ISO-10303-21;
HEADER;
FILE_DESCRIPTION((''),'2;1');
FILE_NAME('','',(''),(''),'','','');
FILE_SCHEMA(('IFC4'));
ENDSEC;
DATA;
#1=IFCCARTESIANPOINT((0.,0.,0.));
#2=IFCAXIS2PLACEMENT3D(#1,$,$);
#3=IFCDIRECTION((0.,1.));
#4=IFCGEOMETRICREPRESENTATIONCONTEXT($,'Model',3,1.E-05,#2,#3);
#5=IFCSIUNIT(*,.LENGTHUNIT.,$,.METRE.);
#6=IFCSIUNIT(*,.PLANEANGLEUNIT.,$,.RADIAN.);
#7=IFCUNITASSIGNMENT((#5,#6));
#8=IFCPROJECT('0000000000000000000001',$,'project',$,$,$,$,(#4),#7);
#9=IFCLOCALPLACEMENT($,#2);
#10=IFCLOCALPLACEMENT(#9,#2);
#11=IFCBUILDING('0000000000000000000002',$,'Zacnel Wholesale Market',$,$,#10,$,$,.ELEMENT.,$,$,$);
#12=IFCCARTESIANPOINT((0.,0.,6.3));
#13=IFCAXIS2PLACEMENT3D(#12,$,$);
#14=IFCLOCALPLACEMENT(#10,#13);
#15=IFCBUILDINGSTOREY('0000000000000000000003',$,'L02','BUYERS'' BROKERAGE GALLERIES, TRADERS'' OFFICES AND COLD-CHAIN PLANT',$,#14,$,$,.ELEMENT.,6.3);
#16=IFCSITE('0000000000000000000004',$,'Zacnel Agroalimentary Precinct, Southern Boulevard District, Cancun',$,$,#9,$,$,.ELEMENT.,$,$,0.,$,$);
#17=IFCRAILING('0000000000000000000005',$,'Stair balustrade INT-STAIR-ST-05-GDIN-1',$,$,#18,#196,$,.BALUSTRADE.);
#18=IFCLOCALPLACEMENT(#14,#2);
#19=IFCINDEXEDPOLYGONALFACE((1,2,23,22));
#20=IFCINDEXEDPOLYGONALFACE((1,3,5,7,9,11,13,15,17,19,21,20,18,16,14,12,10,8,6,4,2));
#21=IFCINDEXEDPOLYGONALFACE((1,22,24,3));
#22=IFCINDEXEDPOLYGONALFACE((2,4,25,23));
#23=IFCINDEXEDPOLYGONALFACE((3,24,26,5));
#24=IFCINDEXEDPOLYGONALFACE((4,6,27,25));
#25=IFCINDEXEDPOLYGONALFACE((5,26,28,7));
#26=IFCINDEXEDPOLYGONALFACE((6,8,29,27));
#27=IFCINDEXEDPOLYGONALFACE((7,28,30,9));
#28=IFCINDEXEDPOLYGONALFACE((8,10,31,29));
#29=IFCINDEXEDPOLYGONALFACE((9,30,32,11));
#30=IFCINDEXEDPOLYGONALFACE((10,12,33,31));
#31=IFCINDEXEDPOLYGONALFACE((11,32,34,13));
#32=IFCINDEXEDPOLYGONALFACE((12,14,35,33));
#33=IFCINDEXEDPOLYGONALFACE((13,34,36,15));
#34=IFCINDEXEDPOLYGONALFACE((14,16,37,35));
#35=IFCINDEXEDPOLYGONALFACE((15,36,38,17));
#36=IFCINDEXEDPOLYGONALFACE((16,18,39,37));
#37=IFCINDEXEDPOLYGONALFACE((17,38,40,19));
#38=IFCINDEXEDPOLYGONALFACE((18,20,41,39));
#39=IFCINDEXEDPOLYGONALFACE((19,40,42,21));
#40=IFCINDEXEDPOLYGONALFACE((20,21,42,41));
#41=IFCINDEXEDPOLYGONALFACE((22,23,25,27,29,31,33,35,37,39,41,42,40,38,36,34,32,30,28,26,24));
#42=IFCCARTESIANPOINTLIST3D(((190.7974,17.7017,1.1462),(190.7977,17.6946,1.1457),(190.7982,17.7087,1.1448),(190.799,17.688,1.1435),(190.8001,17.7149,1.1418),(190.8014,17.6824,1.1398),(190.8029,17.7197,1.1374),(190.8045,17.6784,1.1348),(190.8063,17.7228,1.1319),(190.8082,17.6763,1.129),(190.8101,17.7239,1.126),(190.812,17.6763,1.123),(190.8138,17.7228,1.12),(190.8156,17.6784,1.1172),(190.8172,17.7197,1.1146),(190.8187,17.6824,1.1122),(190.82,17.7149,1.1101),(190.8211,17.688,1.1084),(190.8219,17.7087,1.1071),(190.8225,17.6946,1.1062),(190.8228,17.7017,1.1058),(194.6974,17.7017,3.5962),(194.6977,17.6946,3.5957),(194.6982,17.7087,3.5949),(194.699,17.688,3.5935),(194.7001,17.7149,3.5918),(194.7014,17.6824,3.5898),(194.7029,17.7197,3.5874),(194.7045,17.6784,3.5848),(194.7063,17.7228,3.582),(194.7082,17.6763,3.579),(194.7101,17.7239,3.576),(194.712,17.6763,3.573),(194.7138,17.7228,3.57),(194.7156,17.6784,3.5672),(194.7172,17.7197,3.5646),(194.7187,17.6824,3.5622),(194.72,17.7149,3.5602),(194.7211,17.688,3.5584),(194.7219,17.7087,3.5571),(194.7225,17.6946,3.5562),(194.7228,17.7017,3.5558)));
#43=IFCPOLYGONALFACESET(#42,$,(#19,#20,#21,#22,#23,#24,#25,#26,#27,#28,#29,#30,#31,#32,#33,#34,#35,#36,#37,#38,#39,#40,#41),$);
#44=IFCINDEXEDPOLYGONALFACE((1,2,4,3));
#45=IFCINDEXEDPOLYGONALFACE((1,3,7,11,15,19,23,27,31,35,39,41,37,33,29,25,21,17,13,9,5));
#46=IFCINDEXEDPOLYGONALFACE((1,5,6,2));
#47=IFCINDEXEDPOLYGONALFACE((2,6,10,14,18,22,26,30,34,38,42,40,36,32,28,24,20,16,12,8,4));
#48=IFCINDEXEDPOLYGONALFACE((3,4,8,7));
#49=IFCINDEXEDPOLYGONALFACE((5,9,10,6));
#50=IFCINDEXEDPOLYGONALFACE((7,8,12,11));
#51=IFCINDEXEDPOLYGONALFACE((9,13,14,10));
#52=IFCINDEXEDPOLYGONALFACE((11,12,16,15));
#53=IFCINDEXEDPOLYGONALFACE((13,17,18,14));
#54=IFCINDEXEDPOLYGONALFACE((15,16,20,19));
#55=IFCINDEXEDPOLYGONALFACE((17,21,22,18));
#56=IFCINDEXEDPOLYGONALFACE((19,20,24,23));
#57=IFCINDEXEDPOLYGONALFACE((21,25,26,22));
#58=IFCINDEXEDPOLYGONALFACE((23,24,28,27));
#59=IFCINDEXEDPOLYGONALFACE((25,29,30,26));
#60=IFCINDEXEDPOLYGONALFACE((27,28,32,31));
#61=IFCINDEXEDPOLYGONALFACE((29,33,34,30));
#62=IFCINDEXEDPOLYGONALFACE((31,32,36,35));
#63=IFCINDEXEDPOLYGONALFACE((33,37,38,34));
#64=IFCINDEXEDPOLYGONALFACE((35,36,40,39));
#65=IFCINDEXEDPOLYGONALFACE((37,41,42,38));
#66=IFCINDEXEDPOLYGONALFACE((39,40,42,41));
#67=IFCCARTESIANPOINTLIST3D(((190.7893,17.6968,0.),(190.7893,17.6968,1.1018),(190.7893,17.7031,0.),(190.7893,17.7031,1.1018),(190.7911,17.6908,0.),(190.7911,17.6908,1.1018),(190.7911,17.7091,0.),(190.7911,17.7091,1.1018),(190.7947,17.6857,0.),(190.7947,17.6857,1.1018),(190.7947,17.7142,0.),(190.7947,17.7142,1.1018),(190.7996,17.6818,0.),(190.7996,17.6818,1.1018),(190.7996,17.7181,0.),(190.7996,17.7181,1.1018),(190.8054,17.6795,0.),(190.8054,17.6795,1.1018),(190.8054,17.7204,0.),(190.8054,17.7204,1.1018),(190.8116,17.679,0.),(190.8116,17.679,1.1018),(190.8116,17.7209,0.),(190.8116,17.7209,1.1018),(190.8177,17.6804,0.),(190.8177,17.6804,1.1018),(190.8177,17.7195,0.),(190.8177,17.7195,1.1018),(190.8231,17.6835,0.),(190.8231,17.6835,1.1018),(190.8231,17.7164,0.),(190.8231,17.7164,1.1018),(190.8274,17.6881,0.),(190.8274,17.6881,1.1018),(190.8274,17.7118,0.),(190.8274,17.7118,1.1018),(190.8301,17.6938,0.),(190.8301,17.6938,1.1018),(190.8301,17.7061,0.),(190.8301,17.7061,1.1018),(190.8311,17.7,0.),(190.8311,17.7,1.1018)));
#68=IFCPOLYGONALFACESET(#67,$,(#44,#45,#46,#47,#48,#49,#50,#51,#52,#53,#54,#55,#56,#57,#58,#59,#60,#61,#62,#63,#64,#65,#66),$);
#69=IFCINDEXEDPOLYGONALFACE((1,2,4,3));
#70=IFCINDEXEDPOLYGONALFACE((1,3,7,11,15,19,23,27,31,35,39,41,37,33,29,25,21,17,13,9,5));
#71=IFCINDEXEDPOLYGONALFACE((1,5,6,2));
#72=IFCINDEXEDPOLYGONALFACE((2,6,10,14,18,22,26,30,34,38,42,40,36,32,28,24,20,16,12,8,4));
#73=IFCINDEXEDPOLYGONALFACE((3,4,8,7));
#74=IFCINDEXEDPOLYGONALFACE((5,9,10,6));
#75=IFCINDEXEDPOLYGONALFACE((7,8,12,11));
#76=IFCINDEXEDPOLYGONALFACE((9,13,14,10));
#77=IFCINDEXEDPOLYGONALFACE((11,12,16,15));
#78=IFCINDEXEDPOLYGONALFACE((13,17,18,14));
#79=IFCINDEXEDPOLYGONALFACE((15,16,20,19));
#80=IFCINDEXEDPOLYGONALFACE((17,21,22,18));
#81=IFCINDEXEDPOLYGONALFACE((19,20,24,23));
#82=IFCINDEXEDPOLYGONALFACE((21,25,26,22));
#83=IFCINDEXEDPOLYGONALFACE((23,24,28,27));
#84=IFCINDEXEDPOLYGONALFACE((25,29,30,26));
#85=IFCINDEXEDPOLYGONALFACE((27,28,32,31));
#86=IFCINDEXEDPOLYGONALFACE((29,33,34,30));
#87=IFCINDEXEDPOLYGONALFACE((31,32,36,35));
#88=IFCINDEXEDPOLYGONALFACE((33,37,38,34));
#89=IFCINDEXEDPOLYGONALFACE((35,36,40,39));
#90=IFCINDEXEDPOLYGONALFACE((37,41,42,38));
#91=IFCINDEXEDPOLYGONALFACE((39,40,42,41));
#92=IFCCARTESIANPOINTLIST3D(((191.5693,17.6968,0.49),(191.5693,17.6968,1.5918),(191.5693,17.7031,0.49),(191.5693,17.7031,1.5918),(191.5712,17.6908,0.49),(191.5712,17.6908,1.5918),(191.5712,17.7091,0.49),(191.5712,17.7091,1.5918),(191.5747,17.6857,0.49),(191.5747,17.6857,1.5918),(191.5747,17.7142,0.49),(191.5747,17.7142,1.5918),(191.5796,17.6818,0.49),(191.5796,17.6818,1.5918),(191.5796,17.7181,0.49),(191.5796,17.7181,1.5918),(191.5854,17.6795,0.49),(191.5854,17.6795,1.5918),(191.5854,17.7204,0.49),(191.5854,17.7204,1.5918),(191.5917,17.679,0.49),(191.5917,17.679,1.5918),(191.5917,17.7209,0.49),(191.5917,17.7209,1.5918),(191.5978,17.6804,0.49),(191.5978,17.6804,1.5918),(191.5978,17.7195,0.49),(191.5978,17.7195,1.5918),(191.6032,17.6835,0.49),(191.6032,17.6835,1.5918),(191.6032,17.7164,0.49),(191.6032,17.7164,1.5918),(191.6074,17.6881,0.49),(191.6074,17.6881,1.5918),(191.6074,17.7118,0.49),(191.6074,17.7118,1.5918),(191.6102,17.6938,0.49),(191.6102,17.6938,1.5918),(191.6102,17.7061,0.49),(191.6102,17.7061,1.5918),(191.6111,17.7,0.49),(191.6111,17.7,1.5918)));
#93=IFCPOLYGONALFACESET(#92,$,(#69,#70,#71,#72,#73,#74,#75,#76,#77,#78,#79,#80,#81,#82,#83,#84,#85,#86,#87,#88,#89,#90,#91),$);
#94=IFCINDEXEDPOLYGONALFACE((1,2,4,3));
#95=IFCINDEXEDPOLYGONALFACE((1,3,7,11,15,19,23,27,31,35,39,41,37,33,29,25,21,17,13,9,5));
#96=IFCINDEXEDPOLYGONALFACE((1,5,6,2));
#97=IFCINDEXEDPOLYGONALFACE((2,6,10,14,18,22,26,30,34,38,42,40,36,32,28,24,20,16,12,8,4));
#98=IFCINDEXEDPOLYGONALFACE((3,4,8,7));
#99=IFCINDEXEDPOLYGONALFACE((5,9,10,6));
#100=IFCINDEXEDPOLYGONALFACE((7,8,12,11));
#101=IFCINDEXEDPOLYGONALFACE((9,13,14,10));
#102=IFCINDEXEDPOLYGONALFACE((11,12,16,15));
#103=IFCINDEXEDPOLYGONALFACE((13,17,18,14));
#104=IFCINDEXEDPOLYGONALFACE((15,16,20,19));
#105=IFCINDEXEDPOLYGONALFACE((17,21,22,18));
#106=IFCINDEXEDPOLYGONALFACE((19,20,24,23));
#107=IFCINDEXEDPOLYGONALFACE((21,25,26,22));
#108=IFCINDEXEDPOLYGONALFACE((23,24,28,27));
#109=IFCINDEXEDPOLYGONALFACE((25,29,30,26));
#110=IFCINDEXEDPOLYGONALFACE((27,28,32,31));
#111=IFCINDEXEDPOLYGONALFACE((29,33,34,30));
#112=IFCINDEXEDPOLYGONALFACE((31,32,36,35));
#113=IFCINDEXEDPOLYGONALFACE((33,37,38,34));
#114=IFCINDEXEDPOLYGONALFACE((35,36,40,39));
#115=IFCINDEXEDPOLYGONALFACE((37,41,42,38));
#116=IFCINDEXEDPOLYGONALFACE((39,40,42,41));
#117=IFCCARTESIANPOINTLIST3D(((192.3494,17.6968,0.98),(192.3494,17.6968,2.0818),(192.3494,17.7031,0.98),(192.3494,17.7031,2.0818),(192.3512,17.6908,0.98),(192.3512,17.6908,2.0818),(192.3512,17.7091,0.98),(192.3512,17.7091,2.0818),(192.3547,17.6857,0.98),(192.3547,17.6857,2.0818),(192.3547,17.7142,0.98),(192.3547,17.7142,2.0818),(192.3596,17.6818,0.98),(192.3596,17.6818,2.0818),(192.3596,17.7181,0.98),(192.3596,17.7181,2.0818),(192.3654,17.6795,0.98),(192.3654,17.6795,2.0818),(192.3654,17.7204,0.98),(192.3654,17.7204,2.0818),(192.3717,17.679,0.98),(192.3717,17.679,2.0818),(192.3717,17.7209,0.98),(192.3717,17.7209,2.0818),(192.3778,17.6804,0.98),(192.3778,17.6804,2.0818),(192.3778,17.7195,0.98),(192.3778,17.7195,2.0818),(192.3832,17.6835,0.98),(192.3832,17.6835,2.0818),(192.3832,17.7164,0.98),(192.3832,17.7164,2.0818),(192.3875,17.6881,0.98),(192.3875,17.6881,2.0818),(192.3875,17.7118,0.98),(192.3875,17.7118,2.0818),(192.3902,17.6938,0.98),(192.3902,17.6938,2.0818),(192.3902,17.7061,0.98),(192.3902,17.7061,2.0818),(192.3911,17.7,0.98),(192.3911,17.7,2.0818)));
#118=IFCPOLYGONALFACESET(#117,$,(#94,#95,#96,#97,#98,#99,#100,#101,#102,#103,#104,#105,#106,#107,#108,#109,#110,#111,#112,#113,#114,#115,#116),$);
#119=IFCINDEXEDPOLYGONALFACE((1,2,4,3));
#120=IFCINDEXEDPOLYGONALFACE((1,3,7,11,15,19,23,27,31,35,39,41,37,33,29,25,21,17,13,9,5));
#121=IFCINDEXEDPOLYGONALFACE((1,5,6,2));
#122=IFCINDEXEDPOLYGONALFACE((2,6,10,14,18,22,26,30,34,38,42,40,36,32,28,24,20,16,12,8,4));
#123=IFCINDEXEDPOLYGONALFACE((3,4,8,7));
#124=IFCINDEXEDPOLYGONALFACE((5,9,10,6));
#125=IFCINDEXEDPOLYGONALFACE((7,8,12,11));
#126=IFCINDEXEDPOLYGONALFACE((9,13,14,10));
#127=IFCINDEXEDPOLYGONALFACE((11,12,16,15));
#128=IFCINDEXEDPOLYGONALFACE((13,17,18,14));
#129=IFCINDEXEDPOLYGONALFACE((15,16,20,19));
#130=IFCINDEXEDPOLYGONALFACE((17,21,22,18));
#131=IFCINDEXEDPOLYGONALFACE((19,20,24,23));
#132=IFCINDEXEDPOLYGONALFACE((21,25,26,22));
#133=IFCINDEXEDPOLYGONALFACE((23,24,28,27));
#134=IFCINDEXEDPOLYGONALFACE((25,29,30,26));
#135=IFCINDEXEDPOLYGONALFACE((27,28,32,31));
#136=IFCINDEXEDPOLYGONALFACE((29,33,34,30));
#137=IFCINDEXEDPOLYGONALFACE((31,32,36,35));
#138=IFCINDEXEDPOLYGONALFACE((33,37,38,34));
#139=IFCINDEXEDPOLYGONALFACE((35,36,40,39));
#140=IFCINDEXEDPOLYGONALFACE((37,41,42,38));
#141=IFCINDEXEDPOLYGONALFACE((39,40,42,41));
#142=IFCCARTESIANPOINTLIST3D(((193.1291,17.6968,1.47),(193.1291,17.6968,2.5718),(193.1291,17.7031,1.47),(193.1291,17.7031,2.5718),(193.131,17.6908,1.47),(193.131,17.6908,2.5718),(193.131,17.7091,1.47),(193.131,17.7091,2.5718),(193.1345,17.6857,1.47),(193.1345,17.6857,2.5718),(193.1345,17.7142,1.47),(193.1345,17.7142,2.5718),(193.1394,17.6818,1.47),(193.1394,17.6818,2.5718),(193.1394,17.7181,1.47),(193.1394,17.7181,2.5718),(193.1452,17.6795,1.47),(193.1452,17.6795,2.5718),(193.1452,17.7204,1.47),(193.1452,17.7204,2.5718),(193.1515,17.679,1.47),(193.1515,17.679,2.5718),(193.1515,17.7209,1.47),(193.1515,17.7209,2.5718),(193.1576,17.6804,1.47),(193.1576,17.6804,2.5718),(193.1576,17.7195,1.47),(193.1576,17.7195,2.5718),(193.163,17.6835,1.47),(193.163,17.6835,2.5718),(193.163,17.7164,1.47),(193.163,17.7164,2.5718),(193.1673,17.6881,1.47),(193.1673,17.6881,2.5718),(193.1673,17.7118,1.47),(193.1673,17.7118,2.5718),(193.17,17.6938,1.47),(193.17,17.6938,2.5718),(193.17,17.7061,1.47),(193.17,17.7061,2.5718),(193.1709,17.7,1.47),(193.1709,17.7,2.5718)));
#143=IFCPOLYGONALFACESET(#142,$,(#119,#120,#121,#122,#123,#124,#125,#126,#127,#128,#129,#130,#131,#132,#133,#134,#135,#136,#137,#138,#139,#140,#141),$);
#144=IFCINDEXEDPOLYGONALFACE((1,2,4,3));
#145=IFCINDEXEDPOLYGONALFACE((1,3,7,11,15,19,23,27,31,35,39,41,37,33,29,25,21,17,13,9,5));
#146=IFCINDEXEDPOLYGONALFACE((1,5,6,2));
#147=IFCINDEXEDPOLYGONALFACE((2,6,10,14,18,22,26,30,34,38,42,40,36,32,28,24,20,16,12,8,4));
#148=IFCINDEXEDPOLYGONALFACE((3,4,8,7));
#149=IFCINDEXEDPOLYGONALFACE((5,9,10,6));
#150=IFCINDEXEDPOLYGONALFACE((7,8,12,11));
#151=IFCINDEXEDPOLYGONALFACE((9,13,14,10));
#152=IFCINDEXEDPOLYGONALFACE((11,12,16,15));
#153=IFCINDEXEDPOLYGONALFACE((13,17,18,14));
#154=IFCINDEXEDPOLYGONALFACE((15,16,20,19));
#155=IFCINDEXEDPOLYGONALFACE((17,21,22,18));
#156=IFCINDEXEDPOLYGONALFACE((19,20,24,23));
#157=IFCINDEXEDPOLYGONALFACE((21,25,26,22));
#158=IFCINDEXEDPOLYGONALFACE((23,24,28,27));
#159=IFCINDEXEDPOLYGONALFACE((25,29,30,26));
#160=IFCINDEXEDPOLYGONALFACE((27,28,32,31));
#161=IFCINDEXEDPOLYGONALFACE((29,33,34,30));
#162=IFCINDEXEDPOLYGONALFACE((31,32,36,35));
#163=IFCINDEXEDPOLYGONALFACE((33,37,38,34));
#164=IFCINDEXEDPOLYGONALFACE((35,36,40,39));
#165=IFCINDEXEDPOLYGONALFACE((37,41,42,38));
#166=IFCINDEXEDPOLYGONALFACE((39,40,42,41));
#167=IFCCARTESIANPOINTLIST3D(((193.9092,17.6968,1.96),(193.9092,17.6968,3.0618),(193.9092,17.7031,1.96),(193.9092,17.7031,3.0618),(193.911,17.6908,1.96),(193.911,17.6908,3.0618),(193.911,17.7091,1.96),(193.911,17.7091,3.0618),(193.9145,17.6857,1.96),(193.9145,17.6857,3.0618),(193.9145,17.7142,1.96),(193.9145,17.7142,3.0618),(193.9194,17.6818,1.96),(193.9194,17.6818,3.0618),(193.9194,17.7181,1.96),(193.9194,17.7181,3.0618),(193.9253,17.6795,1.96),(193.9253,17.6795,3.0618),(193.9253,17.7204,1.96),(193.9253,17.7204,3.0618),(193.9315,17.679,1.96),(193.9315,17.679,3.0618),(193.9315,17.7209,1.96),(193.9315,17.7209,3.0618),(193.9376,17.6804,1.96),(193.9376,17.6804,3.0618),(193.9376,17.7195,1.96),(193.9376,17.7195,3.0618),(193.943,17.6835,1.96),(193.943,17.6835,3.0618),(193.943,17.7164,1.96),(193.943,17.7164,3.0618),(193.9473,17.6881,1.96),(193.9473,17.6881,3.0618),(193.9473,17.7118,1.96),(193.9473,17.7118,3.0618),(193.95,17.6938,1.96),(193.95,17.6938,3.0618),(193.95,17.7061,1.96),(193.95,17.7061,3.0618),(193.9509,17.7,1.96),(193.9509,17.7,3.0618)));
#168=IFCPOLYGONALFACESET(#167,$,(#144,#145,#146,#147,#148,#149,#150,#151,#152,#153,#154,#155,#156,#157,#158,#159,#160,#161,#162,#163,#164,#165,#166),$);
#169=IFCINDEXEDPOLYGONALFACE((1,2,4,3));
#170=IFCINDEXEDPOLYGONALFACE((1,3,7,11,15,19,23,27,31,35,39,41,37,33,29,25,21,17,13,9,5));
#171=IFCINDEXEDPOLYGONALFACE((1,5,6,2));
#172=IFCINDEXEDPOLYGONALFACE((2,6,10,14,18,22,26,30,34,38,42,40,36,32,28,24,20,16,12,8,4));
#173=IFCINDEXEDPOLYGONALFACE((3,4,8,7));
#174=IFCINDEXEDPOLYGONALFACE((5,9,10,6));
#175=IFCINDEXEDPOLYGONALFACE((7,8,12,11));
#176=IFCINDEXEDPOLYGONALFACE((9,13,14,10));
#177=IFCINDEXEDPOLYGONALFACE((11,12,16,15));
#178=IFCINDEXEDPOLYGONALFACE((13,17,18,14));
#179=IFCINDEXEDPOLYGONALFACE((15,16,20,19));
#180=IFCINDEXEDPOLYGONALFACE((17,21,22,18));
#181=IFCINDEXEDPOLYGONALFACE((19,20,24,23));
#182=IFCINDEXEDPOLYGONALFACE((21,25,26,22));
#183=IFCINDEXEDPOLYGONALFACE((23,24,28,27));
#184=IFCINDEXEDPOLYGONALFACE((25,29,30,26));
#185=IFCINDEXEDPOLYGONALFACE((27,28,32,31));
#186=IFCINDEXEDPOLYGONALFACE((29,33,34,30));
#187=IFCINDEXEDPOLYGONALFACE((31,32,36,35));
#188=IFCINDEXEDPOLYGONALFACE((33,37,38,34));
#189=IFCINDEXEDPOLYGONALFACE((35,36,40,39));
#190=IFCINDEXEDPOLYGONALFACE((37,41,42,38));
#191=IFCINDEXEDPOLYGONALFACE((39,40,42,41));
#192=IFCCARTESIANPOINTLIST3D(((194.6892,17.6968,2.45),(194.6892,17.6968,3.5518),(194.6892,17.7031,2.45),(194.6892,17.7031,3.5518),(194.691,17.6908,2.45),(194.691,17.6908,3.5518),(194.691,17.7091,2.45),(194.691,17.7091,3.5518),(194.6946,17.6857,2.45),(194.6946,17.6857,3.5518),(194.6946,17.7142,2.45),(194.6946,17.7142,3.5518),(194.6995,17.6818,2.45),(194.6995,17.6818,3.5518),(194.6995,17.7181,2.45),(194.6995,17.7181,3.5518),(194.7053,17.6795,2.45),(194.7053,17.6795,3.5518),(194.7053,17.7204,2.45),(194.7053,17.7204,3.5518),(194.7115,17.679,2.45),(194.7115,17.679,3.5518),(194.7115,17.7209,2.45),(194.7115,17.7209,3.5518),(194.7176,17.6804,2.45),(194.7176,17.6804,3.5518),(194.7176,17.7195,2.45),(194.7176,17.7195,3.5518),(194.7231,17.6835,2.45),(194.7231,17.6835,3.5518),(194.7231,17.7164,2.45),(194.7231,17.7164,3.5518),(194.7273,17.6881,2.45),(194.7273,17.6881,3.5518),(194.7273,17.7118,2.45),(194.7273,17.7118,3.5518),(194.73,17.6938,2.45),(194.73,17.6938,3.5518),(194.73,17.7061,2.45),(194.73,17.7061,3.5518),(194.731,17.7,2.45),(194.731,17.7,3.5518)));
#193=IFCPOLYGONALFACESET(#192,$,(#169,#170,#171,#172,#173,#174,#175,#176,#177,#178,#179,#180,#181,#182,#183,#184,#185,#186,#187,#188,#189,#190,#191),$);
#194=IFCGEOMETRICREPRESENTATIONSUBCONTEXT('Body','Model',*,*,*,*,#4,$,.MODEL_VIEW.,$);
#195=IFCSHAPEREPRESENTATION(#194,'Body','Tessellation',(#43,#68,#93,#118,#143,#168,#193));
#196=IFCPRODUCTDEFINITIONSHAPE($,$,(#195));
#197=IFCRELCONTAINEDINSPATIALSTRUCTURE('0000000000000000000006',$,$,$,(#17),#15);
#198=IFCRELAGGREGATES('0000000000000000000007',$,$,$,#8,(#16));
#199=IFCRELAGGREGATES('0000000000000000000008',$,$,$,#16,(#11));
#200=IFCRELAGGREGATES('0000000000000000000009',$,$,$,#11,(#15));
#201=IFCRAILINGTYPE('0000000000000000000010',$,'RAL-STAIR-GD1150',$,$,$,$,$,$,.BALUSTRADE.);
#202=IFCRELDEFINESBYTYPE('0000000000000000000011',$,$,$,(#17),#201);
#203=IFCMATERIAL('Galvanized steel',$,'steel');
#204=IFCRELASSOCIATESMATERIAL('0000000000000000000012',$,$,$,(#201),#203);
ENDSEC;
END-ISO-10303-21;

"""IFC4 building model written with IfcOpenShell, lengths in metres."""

from ifc_helpers import new_model, si_unit, direction, frame, origin, origin_2d, place, context, subcontext, project, spatial, circle, extrude, material, type_object, element, save


model = new_model("IFC4")

# Units and contexts
model_context = context("Model", 3, precision=1e-05, world=origin(), true_north=direction((0.0, 1.0)))
body_context = subcontext(model_context, "Body", "Model", "MODEL_VIEW")
ifc_project = project(units=[si_unit("LENGTHUNIT", "METRE"), si_unit("PLANEANGLEUNIT", "RADIAN")], contexts=[model_context])

# Site, building, storey
site_placement = place(None, origin())
site = spatial("IfcSite", under=ifc_project, at=site_placement, Name="Zacnel Agroalimentary Precinct, Southern Boulevard District, Cancun", CompositionType="ELEMENT", RefElevation=0.0)
building_placement = place(site_placement, origin())
building = spatial("IfcBuilding", under=site, at=building_placement, Name="Zacnel Wholesale Market", CompositionType="ELEMENT")
storey_placement = place(building_placement, frame((0.0, 0.0, 6.3)))
storey = spatial("IfcBuildingStorey", under=building, at=storey_placement, Name="L02", Description="BUYERS' BROKERAGE GALLERIES, TRADERS' OFFICES AND COLD-CHAIN PLANT", CompositionType="ELEMENT", Elevation=6.3)

# Railing
ifc_material_1 = material(Name="Galvanized steel", Category="steel")
railing_type = type_object("IfcRailingType", Name="RAL-STAIR-GD1150", PredefinedType="BALUSTRADE", material=ifc_material_1)
railing_1_placement = place(storey_placement, frame((190.8101, 17.7, 0.0)))
element("IfcRailing", 1, at=railing_1_placement, inside=storey, type_object=railing_type, Name="Stair balustrade INT-STAIR-ST-05-GDIN-1", PredefinedType="BALUSTRADE", context=body_context, shape_type="SweptSolid", body=[
    extrude(circle(Radius=0.0239, at=origin_2d()), frame((0.0, 0.0, 1.126), z_axis=(0.846775, 0.0, 0.531951), x_axis=(0.0, 1.0, 0.0)), (0.0, 0.0, 1.0), 4.6057),
    extrude(circle(Radius=0.021, at=origin_2d()), origin(), (0.0, 0.0, 1.0), 1.1018),
    extrude(circle(Radius=0.021, at=origin_2d()), frame((0.78, 0.0, 0.49)), (0.0, 0.0, 1.0), 1.1018),
    extrude(circle(Radius=0.021, at=origin_2d()), frame((1.5601, 0.0, 0.98)), (0.0, 0.0, 1.0), 1.1018),
    extrude(circle(Radius=0.021, at=origin_2d()), frame((2.3398, 0.0, 1.47)), (0.0, 0.0, 1.0), 1.1018),
    extrude(circle(Radius=0.021, at=origin_2d()), frame((3.1199, 0.0, 1.96)), (0.0, 0.0, 1.0), 1.1018),
    extrude(circle(Radius=0.021, at=origin_2d()), frame((3.8999, 0.0, 2.45)), (0.0, 0.0, 1.0), 1.1018),
])

save(model, "model.ifc")
